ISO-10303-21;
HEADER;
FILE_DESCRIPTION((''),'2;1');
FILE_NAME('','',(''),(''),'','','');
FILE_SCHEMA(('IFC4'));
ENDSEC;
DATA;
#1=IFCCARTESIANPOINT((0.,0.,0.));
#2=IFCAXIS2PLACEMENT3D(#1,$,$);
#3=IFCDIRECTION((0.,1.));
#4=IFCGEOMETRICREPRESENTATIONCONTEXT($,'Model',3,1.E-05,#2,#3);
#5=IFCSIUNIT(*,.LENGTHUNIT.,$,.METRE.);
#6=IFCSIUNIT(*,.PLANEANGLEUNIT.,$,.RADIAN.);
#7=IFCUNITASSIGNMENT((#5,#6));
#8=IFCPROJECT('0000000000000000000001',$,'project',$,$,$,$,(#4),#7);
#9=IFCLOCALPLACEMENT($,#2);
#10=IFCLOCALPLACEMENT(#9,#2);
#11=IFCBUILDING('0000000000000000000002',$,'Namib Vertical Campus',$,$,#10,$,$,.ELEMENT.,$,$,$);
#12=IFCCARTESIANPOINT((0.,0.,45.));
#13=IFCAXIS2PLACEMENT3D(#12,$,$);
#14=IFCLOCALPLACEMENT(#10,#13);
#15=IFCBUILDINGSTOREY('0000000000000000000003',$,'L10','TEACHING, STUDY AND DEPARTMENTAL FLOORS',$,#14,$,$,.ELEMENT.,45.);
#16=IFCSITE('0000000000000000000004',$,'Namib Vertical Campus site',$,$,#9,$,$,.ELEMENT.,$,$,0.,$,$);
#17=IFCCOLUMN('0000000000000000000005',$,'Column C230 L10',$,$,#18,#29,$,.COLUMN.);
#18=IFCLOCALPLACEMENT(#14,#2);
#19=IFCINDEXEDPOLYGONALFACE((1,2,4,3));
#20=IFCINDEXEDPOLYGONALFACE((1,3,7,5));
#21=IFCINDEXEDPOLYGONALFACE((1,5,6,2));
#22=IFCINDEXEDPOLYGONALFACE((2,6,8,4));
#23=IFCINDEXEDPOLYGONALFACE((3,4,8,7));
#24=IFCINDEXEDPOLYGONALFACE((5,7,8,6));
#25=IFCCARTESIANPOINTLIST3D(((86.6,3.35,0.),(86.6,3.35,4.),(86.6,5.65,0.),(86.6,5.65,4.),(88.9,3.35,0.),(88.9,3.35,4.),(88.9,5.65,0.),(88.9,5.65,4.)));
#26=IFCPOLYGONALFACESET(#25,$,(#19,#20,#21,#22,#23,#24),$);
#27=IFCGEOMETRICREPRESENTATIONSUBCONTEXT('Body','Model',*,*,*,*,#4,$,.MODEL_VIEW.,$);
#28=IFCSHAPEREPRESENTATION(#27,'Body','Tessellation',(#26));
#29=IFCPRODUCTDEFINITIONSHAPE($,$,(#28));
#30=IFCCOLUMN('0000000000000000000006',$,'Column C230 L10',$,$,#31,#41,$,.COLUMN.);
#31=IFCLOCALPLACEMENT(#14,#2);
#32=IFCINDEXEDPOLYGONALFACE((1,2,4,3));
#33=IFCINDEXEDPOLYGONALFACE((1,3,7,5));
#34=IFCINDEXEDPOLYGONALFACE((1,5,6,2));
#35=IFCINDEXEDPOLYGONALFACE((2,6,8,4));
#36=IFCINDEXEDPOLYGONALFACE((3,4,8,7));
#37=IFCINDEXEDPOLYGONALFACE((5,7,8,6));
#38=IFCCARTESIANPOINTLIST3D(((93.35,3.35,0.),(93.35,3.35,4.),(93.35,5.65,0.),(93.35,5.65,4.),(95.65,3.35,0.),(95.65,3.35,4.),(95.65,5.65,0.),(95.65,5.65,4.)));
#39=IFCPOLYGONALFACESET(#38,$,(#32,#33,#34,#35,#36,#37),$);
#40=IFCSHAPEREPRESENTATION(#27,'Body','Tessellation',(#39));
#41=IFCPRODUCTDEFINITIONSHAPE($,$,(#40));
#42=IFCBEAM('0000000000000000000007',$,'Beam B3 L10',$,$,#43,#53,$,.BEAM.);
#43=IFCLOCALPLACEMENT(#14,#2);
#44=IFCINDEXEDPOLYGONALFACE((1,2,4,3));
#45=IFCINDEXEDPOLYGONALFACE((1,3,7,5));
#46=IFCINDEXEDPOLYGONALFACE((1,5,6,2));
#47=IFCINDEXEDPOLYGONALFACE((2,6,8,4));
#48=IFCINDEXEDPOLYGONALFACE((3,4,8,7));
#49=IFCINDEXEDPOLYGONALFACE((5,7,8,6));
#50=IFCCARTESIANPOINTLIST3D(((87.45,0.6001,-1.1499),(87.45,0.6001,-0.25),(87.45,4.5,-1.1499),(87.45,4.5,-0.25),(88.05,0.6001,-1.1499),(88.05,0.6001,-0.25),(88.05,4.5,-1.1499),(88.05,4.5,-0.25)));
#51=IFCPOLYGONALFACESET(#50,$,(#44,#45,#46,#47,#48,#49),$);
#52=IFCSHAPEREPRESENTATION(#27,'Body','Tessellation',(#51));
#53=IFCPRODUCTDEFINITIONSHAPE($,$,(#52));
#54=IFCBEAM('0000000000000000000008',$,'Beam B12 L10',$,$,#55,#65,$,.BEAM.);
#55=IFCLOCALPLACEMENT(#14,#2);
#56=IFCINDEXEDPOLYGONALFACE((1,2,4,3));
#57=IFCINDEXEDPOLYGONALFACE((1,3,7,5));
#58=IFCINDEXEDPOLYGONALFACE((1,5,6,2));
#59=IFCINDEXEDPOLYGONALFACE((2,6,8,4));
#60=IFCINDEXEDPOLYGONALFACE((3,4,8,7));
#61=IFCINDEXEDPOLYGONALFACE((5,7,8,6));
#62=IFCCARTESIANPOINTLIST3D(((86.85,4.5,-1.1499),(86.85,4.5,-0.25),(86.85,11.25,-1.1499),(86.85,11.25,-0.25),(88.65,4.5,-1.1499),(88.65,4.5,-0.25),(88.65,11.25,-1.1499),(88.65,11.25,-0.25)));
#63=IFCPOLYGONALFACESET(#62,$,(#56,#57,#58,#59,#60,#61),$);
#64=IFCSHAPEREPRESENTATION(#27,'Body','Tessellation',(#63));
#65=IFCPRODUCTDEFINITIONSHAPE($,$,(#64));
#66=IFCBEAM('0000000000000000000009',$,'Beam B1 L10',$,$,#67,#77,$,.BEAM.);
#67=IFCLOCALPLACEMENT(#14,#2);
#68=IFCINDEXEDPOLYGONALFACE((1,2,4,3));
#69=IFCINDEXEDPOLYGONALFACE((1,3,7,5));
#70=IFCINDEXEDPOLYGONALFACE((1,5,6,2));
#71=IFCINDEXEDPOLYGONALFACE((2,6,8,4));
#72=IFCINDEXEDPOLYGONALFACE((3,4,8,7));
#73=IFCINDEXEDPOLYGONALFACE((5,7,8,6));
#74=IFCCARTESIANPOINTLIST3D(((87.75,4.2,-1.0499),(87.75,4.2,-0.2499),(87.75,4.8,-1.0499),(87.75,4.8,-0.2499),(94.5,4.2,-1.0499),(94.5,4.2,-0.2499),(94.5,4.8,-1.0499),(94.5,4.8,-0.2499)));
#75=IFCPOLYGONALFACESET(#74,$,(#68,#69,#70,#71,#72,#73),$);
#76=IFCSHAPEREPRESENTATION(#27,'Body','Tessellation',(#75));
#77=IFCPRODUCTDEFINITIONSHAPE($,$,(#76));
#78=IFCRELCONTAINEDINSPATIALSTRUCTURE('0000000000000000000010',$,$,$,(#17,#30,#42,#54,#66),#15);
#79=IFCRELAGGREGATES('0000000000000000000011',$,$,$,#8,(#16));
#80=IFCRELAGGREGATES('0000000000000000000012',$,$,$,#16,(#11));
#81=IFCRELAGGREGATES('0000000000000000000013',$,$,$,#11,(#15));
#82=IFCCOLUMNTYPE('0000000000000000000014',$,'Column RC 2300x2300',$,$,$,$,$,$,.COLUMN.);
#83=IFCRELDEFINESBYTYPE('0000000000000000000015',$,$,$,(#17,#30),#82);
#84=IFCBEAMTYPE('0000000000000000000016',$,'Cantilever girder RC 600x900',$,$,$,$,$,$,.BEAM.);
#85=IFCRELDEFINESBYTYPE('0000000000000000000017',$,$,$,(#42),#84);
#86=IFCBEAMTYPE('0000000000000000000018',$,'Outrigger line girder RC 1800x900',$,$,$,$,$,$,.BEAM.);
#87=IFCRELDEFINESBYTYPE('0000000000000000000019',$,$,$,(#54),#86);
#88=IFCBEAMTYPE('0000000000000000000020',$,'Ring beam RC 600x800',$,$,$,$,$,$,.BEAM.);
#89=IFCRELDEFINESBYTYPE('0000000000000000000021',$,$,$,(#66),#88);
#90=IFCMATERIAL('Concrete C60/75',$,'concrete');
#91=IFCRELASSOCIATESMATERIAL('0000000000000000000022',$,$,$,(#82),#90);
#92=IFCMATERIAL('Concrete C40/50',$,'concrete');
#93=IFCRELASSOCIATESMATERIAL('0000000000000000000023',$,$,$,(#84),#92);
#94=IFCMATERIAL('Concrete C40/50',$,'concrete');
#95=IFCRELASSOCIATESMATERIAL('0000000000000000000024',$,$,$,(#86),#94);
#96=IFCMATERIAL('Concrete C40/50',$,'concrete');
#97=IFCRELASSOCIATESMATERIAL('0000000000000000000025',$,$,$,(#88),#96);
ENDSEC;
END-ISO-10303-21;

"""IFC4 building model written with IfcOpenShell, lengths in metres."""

from ifc_helpers import new_model, si_unit, direction, frame, origin, origin_2d, place, context, subcontext, project, spatial, rectangle, extrude, material, material_profile, profile_set, type_object, element, save


model = new_model("IFC4")

# Units and contexts
model_context = context("Model", 3, precision=1e-05, world=origin(), true_north=direction((0.0, 1.0)))
body_context = subcontext(model_context, "Body", "Model", "MODEL_VIEW")
ifc_project = project(units=[si_unit("LENGTHUNIT", "METRE"), si_unit("PLANEANGLEUNIT", "RADIAN")], contexts=[model_context])

# Site, building, storey
site_placement = place(None, origin())
site = spatial("IfcSite", under=ifc_project, at=site_placement, Name="Namib Vertical Campus site", CompositionType="ELEMENT", RefElevation=0.0)
building_placement = place(site_placement, origin())
building = spatial("IfcBuilding", under=site, at=building_placement, Name="Namib Vertical Campus", CompositionType="ELEMENT")
storey_placement = place(building_placement, frame((0.0, 0.0, 45.0)))
storey = spatial("IfcBuildingStorey", under=building, at=storey_placement, Name="L10", Description="TEACHING, STUDY AND DEPARTMENTAL FLOORS", CompositionType="ELEMENT", Elevation=45.0)

# Columns
ifc_material_1 = material(Name="Concrete C60/75", Category="concrete")
ifc_material_profile_1 = material_profile(ifc_material_1, rectangle(XDim=2.3, YDim=2.3, at=origin_2d()))
ifc_profile_set_1 = profile_set([ifc_material_profile_1], Name="Concrete C60/75")
column_type = type_object("IfcColumnType", Name="Column RC 2300x2300", PredefinedType="COLUMN", material=ifc_profile_set_1)
for number, where, z_axis, x_axis, name in (
    (1, (87.75, 4.5, 0.0), (0.0, 0.0, 1.0), (1.0, 0.0, 0.0), "Column C230 L10"),
    (2, (94.5, 4.5, 0.0), (0.0, 0.0, 1.0), (1.0, 0.0, 0.0), "Column C230 L10"),
):
    element("IfcColumn", number, at=place(storey_placement, frame(where, z_axis=z_axis, x_axis=x_axis)), inside=storey, type_object=column_type, Name=name, PredefinedType="COLUMN", context=body_context, shape_type="SweptSolid", body=[
        extrude(rectangle(XDim=2.3, YDim=2.3, at=origin_2d()), origin(), (0.0, 0.0, 1.0), 4.0),
    ])

# Beams
ifc_material_2 = material(Name="Concrete C40/50", Category="concrete")
ifc_material_profile_2 = material_profile(ifc_material_2, rectangle(XDim=0.6001, YDim=0.8999, at=origin_2d()))
ifc_profile_set_2 = profile_set([ifc_material_profile_2], Name="Concrete C40/50")
beam_type_1 = type_object("IfcBeamType", Name="Cantilever girder RC 600x900", PredefinedType="BEAM", material=ifc_profile_set_2)
beam_1_placement = place(storey_placement, frame((87.75, 4.5, -0.7), z_axis=(0.0, -1.0, 0.0), x_axis=(1.0, 0.0, 0.0)))
element("IfcBeam", 3, at=beam_1_placement, inside=storey, type_object=beam_type_1, Name="Beam B3 L10", PredefinedType="BEAM", context=body_context, shape_type="SweptSolid", body=[
    extrude(rectangle(XDim=0.6001, YDim=0.8999, at=origin_2d()), origin(), (0.0, 0.0, 1.0), 3.8999),
])
ifc_material_3 = material(Name="Concrete C40/50", Category="concrete")
ifc_material_profile_3 = material_profile(ifc_material_3, rectangle(XDim=1.8, YDim=0.8999, at=origin_2d()))
ifc_profile_set_3 = profile_set([ifc_material_profile_3], Name="Concrete C40/50")
beam_type_2 = type_object("IfcBeamType", Name="Outrigger line girder RC 1800x900", PredefinedType="BEAM", material=ifc_profile_set_3)
beam_2_placement = place(storey_placement, frame((87.75, 4.5, -0.7), z_axis=(0.0, 1.0, 0.0), x_axis=(-1.0, 0.0, 0.0)))
element("IfcBeam", 4, at=beam_2_placement, inside=storey, type_object=beam_type_2, Name="Beam B12 L10", PredefinedType="BEAM", context=body_context, shape_type="SweptSolid", body=[
    extrude(rectangle(XDim=1.8, YDim=0.8999, at=origin_2d()), origin(), (0.0, 0.0, 1.0), 6.75),
])
ifc_material_4 = material(Name="Concrete C40/50", Category="concrete")
ifc_material_profile_4 = material_profile(ifc_material_4, rectangle(XDim=0.6001, YDim=0.8, at=origin_2d()))
ifc_profile_set_4 = profile_set([ifc_material_profile_4], Name="Concrete C40/50")
beam_type_3 = type_object("IfcBeamType", Name="Ring beam RC 600x800", PredefinedType="BEAM", material=ifc_profile_set_4)
beam_3_placement = place(storey_placement, frame((87.75, 4.5, -0.6499), z_axis=(1.0, 0.0, 0.0), x_axis=(0.0, 1.0, 0.0)))
element("IfcBeam", 5, at=beam_3_placement, inside=storey, type_object=beam_type_3, Name="Beam B1 L10", PredefinedType="BEAM", context=body_context, shape_type="SweptSolid", body=[
    extrude(rectangle(XDim=0.6001, YDim=0.8, at=origin_2d()), origin(), (0.0, 0.0, 1.0), 6.75),
])

save(model, "model.ifc")
